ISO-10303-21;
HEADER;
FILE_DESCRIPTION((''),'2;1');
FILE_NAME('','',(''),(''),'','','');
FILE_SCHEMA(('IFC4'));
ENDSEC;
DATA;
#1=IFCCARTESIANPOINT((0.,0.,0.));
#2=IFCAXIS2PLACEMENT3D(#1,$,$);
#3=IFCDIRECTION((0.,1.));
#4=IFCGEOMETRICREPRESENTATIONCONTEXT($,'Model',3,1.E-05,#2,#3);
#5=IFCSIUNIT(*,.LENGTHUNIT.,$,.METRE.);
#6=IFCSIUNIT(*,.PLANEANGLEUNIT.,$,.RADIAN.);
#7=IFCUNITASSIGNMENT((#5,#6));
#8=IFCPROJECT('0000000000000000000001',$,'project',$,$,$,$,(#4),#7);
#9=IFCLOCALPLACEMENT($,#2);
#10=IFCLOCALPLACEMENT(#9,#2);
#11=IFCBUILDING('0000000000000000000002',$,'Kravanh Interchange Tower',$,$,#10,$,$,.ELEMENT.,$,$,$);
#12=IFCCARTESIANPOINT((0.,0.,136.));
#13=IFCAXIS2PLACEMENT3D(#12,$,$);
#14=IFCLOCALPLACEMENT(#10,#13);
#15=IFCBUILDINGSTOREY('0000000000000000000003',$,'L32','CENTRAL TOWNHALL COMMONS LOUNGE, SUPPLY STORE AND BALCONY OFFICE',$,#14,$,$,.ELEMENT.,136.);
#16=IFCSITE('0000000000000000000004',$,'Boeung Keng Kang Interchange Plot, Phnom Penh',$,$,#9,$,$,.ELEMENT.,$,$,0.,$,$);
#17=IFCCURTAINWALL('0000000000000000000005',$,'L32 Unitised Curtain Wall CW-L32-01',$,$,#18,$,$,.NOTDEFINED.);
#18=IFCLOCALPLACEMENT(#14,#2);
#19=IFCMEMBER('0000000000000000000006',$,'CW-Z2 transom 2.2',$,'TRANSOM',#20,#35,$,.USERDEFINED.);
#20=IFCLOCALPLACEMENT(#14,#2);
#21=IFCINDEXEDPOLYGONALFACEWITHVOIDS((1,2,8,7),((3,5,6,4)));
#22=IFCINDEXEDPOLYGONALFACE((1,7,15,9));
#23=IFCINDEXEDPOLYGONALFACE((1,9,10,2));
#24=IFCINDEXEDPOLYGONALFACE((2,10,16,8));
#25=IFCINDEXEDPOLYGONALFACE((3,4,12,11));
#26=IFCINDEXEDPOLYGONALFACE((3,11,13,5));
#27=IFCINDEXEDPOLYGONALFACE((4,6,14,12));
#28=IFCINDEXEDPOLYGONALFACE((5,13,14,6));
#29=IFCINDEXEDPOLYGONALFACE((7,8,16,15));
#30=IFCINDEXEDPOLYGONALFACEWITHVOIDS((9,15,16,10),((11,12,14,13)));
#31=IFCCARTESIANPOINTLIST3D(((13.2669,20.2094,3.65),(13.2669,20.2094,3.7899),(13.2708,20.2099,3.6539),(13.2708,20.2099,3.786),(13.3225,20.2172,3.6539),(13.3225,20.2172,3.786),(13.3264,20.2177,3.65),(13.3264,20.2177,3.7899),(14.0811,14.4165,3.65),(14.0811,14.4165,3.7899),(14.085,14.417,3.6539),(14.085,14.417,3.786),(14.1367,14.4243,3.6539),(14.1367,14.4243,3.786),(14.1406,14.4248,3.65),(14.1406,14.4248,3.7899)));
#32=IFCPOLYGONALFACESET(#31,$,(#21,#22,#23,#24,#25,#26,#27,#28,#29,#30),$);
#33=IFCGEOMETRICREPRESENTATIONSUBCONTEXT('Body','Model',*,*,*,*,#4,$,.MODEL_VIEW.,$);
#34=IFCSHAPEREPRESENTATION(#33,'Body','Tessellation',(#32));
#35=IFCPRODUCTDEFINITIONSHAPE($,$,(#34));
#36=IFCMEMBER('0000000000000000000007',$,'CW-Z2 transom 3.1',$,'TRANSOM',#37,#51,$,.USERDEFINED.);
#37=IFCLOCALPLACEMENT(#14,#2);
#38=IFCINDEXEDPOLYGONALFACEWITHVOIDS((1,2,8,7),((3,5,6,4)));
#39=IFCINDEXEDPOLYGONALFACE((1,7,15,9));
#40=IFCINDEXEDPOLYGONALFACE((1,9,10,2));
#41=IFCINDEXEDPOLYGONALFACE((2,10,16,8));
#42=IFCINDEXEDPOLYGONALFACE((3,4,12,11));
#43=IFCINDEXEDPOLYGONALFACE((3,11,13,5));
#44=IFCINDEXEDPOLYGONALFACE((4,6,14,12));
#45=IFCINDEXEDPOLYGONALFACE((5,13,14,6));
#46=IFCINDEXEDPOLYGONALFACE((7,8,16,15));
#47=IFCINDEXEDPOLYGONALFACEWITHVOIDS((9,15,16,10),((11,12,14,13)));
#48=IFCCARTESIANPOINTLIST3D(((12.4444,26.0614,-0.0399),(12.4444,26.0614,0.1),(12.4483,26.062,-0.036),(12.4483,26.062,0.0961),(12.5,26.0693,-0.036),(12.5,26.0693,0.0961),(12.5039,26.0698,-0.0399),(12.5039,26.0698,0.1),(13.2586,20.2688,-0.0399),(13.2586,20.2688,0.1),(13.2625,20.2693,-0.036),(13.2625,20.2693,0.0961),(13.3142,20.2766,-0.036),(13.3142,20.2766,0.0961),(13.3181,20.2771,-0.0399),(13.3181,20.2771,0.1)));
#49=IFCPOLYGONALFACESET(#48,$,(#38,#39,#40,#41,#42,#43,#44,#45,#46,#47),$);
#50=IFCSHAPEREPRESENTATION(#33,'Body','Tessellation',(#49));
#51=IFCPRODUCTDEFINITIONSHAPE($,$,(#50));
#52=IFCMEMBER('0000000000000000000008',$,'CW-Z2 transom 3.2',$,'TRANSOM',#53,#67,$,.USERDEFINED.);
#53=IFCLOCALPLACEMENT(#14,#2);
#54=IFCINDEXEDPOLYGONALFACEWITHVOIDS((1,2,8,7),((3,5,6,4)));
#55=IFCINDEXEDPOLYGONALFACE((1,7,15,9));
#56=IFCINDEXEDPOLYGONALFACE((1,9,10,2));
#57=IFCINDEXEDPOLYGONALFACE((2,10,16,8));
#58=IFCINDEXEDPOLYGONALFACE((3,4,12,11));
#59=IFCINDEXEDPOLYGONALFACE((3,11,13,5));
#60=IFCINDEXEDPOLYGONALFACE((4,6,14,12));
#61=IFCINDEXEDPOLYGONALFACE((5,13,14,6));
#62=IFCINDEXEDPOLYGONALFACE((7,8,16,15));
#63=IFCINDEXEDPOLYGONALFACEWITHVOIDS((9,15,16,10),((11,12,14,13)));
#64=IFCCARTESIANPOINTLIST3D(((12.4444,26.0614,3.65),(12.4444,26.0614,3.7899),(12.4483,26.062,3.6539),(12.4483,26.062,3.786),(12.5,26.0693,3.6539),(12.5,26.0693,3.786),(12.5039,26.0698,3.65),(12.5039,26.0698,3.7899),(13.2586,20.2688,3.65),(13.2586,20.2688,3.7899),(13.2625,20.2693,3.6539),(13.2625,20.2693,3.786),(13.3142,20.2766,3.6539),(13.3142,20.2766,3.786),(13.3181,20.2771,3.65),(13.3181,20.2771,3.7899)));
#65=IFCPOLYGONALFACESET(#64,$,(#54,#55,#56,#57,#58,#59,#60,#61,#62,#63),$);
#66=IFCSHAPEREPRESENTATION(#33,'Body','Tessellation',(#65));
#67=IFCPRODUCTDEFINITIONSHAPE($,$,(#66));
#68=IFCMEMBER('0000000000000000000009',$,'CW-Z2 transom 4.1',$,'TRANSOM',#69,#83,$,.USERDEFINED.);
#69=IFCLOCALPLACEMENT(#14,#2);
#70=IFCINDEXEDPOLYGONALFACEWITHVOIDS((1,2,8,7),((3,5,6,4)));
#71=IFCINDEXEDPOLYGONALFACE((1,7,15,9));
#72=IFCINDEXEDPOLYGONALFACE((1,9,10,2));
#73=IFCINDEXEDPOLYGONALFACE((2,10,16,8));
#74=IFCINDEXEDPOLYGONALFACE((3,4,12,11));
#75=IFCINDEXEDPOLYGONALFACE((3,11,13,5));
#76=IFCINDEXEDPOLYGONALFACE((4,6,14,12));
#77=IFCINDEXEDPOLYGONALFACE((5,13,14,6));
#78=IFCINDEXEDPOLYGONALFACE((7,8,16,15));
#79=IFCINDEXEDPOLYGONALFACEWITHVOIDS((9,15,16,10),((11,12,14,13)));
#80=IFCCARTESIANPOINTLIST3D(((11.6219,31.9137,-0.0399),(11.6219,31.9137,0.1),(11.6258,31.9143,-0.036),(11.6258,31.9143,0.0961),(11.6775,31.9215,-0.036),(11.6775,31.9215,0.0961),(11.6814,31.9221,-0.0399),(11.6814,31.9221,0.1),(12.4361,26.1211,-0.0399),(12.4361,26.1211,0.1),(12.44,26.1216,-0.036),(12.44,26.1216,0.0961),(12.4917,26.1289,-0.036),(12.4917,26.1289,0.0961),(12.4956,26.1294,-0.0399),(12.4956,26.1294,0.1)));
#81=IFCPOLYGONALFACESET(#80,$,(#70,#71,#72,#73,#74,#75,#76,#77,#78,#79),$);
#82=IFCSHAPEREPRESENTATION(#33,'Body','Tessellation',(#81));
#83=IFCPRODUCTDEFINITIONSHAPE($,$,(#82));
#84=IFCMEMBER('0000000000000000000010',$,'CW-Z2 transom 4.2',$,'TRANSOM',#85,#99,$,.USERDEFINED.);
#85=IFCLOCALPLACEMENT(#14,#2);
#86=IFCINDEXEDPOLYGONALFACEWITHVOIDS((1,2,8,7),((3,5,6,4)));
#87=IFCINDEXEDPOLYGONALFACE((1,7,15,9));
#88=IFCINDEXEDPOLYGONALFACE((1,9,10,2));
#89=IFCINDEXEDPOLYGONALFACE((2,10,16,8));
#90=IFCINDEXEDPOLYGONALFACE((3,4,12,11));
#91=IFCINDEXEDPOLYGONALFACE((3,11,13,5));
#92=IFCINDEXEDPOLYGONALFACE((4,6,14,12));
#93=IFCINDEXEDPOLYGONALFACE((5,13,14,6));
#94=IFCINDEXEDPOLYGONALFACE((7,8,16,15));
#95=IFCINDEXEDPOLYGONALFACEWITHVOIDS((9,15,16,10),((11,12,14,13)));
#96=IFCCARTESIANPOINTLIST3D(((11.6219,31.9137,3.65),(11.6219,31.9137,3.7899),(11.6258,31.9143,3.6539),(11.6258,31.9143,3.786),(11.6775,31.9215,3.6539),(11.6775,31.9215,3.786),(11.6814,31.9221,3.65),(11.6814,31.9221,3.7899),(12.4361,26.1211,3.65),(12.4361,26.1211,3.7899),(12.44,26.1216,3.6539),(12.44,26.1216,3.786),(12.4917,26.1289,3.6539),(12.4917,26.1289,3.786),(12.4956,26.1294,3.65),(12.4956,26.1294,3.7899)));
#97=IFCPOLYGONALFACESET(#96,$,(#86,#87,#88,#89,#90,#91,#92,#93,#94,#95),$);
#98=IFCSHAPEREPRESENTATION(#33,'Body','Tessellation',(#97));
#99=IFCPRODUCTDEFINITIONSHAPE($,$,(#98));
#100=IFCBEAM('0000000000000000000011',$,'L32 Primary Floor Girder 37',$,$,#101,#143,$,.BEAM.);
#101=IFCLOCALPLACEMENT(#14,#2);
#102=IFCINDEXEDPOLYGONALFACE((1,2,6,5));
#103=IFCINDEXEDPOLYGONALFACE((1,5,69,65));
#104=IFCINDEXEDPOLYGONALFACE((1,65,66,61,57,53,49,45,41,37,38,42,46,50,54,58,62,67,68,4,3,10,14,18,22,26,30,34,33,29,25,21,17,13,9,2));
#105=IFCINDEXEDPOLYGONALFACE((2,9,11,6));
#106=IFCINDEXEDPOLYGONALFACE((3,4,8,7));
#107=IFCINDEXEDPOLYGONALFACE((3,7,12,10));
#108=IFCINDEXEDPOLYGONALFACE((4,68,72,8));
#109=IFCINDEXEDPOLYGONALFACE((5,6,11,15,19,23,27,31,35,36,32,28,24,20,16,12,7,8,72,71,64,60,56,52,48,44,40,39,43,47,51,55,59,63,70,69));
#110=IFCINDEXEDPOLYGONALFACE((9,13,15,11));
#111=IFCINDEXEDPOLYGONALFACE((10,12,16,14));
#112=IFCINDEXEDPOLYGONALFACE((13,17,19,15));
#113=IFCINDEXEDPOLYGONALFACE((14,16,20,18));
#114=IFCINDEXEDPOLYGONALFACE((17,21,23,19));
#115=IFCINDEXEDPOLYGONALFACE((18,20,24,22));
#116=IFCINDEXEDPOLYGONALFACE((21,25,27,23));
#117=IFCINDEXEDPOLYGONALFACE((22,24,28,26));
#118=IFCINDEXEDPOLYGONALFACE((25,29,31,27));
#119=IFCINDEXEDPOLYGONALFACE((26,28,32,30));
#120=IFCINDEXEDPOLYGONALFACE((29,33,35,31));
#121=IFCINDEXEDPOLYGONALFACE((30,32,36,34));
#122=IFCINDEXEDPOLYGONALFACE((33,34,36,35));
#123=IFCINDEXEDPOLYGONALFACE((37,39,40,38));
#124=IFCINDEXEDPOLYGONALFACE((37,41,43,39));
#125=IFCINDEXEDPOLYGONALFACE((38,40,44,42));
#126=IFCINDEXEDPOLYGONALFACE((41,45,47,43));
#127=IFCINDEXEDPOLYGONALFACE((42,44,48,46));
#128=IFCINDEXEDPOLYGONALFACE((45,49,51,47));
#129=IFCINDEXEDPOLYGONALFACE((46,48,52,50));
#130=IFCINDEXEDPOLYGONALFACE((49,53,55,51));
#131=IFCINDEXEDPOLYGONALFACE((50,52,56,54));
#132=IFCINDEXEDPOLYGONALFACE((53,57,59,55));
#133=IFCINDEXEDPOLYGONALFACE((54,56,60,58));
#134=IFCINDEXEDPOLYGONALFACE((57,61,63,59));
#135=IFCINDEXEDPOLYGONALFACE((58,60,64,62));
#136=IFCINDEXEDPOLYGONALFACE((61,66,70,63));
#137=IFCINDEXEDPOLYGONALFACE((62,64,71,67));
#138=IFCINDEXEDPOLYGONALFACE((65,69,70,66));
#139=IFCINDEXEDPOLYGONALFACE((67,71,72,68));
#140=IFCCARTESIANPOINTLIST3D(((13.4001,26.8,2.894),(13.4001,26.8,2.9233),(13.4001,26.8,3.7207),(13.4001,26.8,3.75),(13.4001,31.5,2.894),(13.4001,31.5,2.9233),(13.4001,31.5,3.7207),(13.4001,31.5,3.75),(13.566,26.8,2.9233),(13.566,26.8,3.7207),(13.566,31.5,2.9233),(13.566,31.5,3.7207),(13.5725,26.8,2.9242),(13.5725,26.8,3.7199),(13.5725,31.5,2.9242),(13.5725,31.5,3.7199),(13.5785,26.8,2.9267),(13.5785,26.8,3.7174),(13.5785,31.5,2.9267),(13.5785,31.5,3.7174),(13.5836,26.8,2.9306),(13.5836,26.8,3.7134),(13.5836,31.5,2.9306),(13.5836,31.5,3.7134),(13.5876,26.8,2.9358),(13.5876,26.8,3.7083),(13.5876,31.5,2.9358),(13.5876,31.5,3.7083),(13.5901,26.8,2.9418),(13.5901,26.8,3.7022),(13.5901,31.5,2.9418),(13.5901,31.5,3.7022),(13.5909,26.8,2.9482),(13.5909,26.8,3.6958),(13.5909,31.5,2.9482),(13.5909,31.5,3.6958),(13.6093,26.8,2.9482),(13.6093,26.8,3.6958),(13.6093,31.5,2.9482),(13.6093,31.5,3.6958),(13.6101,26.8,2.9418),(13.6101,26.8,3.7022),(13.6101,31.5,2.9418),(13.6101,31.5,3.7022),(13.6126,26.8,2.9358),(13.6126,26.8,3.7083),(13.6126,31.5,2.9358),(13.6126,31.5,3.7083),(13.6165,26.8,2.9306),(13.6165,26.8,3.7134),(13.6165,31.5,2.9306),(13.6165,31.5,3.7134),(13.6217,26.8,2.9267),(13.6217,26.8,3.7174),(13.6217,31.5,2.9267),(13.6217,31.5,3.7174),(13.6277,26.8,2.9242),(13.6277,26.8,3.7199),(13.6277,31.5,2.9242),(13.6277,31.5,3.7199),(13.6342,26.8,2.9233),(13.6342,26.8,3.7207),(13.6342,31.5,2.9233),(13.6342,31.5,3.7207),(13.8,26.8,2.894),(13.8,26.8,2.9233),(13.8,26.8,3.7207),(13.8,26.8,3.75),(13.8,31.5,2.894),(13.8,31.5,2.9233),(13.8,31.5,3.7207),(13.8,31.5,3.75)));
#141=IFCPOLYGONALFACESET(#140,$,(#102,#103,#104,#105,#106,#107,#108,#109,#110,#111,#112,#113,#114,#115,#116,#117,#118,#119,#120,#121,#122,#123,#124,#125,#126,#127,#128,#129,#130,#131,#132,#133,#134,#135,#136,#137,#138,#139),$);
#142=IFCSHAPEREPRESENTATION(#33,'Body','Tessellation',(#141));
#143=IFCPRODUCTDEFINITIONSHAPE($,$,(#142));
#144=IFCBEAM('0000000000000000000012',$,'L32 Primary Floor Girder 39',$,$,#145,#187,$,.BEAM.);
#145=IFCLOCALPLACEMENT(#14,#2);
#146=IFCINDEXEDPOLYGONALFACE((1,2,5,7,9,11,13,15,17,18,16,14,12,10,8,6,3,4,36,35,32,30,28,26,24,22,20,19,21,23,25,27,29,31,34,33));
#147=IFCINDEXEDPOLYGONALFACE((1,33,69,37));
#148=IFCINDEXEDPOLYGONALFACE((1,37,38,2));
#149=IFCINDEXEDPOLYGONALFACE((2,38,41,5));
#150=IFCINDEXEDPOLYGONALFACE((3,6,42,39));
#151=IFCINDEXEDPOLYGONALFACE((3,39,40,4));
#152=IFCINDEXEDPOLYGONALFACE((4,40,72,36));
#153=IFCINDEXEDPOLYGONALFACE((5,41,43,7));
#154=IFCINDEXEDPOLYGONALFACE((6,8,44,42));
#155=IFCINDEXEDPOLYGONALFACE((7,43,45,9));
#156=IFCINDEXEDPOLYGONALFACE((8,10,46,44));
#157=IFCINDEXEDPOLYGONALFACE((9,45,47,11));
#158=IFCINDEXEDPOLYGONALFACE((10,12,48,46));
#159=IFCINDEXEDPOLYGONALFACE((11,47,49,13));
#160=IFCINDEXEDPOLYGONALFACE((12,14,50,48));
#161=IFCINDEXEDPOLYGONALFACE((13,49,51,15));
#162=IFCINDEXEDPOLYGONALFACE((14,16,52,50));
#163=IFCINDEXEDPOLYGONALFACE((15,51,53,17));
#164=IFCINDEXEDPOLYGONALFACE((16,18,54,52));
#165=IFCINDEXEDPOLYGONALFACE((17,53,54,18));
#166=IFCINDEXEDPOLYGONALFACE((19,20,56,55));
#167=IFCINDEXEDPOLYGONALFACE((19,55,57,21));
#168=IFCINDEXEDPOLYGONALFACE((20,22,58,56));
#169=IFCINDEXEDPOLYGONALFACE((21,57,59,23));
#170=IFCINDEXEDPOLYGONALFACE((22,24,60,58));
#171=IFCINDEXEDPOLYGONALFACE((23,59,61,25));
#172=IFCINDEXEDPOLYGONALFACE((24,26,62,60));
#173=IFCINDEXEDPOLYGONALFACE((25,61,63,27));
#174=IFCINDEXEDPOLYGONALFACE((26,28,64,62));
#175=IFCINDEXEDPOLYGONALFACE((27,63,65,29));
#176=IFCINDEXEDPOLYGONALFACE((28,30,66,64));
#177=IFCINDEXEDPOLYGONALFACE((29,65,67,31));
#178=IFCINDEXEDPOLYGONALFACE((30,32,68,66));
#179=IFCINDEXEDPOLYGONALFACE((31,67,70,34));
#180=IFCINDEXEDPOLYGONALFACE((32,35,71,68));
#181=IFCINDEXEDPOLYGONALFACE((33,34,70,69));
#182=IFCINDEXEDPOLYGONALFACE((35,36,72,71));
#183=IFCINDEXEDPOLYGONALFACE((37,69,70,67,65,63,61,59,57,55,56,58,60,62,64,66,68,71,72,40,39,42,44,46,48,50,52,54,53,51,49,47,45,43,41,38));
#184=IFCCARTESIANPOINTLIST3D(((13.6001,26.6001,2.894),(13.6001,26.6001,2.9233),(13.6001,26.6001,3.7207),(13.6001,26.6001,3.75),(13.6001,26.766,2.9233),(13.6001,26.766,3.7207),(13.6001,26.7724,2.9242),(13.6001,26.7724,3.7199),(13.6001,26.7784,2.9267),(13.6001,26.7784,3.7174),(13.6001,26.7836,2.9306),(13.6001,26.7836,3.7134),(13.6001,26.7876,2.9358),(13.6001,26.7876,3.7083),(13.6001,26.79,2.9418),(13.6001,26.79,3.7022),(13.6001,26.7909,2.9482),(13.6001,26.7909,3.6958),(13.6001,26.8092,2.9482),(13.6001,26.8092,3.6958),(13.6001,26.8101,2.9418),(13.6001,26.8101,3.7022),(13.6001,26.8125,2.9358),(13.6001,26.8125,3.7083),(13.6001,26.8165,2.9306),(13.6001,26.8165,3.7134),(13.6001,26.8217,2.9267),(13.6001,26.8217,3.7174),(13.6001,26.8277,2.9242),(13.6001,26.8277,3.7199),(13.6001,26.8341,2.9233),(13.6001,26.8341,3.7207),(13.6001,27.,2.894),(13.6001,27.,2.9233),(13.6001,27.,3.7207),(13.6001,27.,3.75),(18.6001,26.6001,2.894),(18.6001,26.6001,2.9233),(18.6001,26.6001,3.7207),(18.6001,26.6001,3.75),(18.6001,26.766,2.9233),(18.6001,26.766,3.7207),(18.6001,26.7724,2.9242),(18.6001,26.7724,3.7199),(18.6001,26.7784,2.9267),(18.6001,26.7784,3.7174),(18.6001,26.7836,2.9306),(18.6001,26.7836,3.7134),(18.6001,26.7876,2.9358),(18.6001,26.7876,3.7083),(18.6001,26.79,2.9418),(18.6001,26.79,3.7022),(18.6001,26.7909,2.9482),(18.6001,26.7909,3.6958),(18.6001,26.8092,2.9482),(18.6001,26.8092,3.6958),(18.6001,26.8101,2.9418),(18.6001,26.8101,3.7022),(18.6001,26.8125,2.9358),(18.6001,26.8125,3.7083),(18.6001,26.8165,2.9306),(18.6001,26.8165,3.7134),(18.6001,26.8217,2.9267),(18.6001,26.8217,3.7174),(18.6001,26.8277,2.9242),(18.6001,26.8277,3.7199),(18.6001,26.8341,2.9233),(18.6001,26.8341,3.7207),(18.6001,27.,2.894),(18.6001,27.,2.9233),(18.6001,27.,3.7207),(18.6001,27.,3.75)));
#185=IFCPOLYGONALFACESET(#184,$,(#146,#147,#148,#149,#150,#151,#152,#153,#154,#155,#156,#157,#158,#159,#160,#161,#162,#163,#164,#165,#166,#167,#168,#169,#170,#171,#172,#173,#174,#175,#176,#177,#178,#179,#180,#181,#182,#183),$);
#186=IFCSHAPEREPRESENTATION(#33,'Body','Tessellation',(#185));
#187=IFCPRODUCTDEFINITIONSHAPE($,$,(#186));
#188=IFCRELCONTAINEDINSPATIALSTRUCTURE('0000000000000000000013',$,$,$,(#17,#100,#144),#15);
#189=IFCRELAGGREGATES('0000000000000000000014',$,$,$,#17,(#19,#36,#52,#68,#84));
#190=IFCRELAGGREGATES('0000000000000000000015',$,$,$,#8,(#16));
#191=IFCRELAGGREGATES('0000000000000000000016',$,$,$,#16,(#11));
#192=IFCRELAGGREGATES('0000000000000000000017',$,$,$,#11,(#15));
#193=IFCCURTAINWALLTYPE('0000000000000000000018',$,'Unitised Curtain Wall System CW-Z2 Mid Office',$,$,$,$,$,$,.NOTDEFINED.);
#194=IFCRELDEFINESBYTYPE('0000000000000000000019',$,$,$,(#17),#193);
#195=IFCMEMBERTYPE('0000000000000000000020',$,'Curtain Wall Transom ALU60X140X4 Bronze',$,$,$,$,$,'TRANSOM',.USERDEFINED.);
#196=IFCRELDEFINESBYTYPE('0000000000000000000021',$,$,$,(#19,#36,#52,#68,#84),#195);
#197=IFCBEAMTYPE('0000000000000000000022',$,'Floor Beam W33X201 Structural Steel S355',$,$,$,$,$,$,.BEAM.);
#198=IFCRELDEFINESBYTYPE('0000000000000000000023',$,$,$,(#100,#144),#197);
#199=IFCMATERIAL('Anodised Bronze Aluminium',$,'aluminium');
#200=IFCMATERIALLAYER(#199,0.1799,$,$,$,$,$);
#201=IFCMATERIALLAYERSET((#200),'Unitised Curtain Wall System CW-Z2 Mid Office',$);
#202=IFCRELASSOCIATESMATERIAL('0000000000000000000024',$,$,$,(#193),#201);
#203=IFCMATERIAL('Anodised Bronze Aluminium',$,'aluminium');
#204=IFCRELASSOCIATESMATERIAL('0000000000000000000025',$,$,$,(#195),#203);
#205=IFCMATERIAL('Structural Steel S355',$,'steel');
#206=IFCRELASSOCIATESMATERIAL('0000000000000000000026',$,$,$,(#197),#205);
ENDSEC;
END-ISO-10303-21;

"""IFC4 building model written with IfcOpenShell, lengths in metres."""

from ifc_helpers import new_model, si_unit, direction, frame, origin, origin_2d, place, context, subcontext, project, spatial, hollow_rectangle, i_section, extrude, material, layer, layer_set, material_profile, profile_set, type_object, element, aggregate, save


model = new_model("IFC4")

# Units and contexts
model_context = context("Model", 3, precision=1e-05, world=origin(), true_north=direction((0.0, 1.0)))
body_context = subcontext(model_context, "Body", "Model", "MODEL_VIEW")
ifc_project = project(units=[si_unit("LENGTHUNIT", "METRE"), si_unit("PLANEANGLEUNIT", "RADIAN")], contexts=[model_context])

# Site, building, storey
site_placement = place(None, origin())
site = spatial("IfcSite", under=ifc_project, at=site_placement, Name="Boeung Keng Kang Interchange Plot, Phnom Penh", CompositionType="ELEMENT", RefElevation=0.0)
building_placement = place(site_placement, origin())
building = spatial("IfcBuilding", under=site, at=building_placement, Name="Kravanh Interchange Tower", CompositionType="ELEMENT")
storey_placement = place(building_placement, frame((0.0, 0.0, 136.0)))
storey = spatial("IfcBuildingStorey", under=building, at=storey_placement, Name="L32", Description="CENTRAL TOWNHALL COMMONS LOUNGE, SUPPLY STORE AND BALCONY OFFICE", CompositionType="ELEMENT", Elevation=136.0)

# Curtain wall, members
ifc_material_1 = material(Name="Anodised Bronze Aluminium", Category="aluminium")
ifc_layer_1 = layer(ifc_material_1, 0.1799)
ifc_layer_set_1 = layer_set([ifc_layer_1], Name="Unitised Curtain Wall System CW-Z2 Mid Office")
curtain_wall_type = type_object("IfcCurtainWallType", Name="Unitised Curtain Wall System CW-Z2 Mid Office", PredefinedType="NOTDEFINED", material=ifc_layer_set_1)
curtain_wall_placement = place(storey_placement, origin())
curtain_wall = element("IfcCurtainWall", 1, at=curtain_wall_placement, inside=storey, type_object=curtain_wall_type, Name="L32 Unitised Curtain Wall CW-L32-01", PredefinedType="NOTDEFINED")
ifc_material_2 = material(Name="Anodised Bronze Aluminium", Category="aluminium")
ifc_material_profile_1 = material_profile(ifc_material_2, hollow_rectangle(XDim=0.0601, YDim=0.1399, WallThickness=0.0039, at=origin_2d()), Name="ALU60X140X4")
ifc_profile_set_1 = profile_set([ifc_material_profile_1], Name="Anodised Bronze Aluminium")
member_type_1 = type_object("IfcMemberType", Name="Curtain Wall Transom ALU60X140X4 Bronze", ElementType="TRANSOM", PredefinedType="USERDEFINED", material=ifc_profile_set_1)
member_1_placement = place(storey_placement, frame((14.1108, 14.4207, 3.72), z_axis=(-0.139183, 0.990267, 0.0), x_axis=(-0.990267, -0.139183, 0.0)))
member_1 = element("IfcMember", 2, at=member_1_placement, type_object=member_type_1, Name="CW-Z2 transom 2.2", ObjectType="TRANSOM", PredefinedType="USERDEFINED", context=body_context, shape_type="SweptSolid", body=[
    extrude(hollow_rectangle(XDim=0.0601, YDim=0.1399, WallThickness=0.0039, at=origin_2d()), origin(), (0.0, 0.0, 1.0), 5.8499),
])
member_2_placement = place(storey_placement, frame((13.2883, 20.2729, 0.03), z_axis=(-0.139189, 0.990266, 0.0), x_axis=(-0.990266, -0.139189, 0.0)))
member_2 = element("IfcMember", 3, at=member_2_placement, type_object=member_type_1, Name="CW-Z2 transom 3.1", ObjectType="TRANSOM", PredefinedType="USERDEFINED", context=body_context, shape_type="SweptSolid", body=[
    extrude(hollow_rectangle(XDim=0.0601, YDim=0.1399, WallThickness=0.0039, at=origin_2d()), origin(), (0.0, 0.0, 1.0), 5.8496),
])
member_3_placement = place(storey_placement, frame((13.2883, 20.2729, 3.72), z_axis=(-0.139189, 0.990266, 0.0), x_axis=(-0.990266, -0.139189, 0.0)))
member_3 = element("IfcMember", 4, at=member_3_placement, type_object=member_type_1, Name="CW-Z2 transom 3.2", ObjectType="TRANSOM", PredefinedType="USERDEFINED", context=body_context, shape_type="SweptSolid", body=[
    extrude(hollow_rectangle(XDim=0.0601, YDim=0.1399, WallThickness=0.0039, at=origin_2d()), origin(), (0.0, 0.0, 1.0), 5.8496),
])
member_4_placement = place(storey_placement, frame((12.4658, 26.1252, 0.03), z_axis=(-0.139189, 0.990266, 0.0), x_axis=(-0.990266, -0.139189, 0.0)))
member_4 = element("IfcMember", 5, at=member_4_placement, type_object=member_type_1, Name="CW-Z2 transom 4.1", ObjectType="TRANSOM", PredefinedType="USERDEFINED", context=body_context, shape_type="SweptSolid", body=[
    extrude(hollow_rectangle(XDim=0.0601, YDim=0.1399, WallThickness=0.0039, at=origin_2d()), origin(), (0.0, 0.0, 1.0), 5.8496),
])
member_5_placement = place(storey_placement, frame((12.4658, 26.1252, 3.72), z_axis=(-0.139189, 0.990266, 0.0), x_axis=(-0.990266, -0.139189, 0.0)))
member_5 = element("IfcMember", 6, at=member_5_placement, type_object=member_type_1, Name="CW-Z2 transom 4.2", ObjectType="TRANSOM", PredefinedType="USERDEFINED", context=body_context, shape_type="SweptSolid", body=[
    extrude(hollow_rectangle(XDim=0.0601, YDim=0.1399, WallThickness=0.0039, at=origin_2d()), origin(), (0.0, 0.0, 1.0), 5.8496),
])

# Beams
ifc_material_3 = material(Name="Structural Steel S355", Category="steel")
ifc_material_profile_2 = material_profile(ifc_material_3, i_section(OverallWidth=0.3999, OverallDepth=0.856, WebThickness=0.0183, FlangeThickness=0.0293, FilletRadius=0.0249, at=origin_2d()), Name="W33X201")
ifc_profile_set_2 = profile_set([ifc_material_profile_2], Name="Structural Steel S355")
beam_type_1 = type_object("IfcBeamType", Name="Floor Beam W33X201 Structural Steel S355", PredefinedType="BEAM", material=ifc_profile_set_2)
beam_1_placement = place(storey_placement, frame((13.6001, 26.8, 3.322), z_axis=(0.0, 1.0, 0.0), x_axis=(-1.0, 0.0, 0.0)))
element("IfcBeam", 7, at=beam_1_placement, inside=storey, type_object=beam_type_1, Name="L32 Primary Floor Girder 37", PredefinedType="BEAM", context=body_context, shape_type="SweptSolid", body=[
    extrude(i_section(OverallWidth=0.3999, OverallDepth=0.856, WebThickness=0.0183, FlangeThickness=0.0293, FilletRadius=0.0249, at=origin_2d()), origin(), (0.0, 0.0, 1.0), 4.7),
])
beam_2_placement = place(storey_placement, frame((13.6001, 26.8, 3.322), z_axis=(1.0, 0.0, 0.0), x_axis=(0.0, 1.0, 0.0)))
element("IfcBeam", 8, at=beam_2_placement, inside=storey, type_object=beam_type_1, Name="L32 Primary Floor Girder 39", PredefinedType="BEAM", context=body_context, shape_type="SweptSolid", body=[
    extrude(i_section(OverallWidth=0.3999, OverallDepth=0.856, WebThickness=0.0183, FlangeThickness=0.0293, FilletRadius=0.0249, at=origin_2d()), origin(), (0.0, 0.0, 1.0), 5.0),
])

aggregate(curtain_wall, [member_1, member_2, member_3, member_4, member_5])

save(model, "model.ifc")
